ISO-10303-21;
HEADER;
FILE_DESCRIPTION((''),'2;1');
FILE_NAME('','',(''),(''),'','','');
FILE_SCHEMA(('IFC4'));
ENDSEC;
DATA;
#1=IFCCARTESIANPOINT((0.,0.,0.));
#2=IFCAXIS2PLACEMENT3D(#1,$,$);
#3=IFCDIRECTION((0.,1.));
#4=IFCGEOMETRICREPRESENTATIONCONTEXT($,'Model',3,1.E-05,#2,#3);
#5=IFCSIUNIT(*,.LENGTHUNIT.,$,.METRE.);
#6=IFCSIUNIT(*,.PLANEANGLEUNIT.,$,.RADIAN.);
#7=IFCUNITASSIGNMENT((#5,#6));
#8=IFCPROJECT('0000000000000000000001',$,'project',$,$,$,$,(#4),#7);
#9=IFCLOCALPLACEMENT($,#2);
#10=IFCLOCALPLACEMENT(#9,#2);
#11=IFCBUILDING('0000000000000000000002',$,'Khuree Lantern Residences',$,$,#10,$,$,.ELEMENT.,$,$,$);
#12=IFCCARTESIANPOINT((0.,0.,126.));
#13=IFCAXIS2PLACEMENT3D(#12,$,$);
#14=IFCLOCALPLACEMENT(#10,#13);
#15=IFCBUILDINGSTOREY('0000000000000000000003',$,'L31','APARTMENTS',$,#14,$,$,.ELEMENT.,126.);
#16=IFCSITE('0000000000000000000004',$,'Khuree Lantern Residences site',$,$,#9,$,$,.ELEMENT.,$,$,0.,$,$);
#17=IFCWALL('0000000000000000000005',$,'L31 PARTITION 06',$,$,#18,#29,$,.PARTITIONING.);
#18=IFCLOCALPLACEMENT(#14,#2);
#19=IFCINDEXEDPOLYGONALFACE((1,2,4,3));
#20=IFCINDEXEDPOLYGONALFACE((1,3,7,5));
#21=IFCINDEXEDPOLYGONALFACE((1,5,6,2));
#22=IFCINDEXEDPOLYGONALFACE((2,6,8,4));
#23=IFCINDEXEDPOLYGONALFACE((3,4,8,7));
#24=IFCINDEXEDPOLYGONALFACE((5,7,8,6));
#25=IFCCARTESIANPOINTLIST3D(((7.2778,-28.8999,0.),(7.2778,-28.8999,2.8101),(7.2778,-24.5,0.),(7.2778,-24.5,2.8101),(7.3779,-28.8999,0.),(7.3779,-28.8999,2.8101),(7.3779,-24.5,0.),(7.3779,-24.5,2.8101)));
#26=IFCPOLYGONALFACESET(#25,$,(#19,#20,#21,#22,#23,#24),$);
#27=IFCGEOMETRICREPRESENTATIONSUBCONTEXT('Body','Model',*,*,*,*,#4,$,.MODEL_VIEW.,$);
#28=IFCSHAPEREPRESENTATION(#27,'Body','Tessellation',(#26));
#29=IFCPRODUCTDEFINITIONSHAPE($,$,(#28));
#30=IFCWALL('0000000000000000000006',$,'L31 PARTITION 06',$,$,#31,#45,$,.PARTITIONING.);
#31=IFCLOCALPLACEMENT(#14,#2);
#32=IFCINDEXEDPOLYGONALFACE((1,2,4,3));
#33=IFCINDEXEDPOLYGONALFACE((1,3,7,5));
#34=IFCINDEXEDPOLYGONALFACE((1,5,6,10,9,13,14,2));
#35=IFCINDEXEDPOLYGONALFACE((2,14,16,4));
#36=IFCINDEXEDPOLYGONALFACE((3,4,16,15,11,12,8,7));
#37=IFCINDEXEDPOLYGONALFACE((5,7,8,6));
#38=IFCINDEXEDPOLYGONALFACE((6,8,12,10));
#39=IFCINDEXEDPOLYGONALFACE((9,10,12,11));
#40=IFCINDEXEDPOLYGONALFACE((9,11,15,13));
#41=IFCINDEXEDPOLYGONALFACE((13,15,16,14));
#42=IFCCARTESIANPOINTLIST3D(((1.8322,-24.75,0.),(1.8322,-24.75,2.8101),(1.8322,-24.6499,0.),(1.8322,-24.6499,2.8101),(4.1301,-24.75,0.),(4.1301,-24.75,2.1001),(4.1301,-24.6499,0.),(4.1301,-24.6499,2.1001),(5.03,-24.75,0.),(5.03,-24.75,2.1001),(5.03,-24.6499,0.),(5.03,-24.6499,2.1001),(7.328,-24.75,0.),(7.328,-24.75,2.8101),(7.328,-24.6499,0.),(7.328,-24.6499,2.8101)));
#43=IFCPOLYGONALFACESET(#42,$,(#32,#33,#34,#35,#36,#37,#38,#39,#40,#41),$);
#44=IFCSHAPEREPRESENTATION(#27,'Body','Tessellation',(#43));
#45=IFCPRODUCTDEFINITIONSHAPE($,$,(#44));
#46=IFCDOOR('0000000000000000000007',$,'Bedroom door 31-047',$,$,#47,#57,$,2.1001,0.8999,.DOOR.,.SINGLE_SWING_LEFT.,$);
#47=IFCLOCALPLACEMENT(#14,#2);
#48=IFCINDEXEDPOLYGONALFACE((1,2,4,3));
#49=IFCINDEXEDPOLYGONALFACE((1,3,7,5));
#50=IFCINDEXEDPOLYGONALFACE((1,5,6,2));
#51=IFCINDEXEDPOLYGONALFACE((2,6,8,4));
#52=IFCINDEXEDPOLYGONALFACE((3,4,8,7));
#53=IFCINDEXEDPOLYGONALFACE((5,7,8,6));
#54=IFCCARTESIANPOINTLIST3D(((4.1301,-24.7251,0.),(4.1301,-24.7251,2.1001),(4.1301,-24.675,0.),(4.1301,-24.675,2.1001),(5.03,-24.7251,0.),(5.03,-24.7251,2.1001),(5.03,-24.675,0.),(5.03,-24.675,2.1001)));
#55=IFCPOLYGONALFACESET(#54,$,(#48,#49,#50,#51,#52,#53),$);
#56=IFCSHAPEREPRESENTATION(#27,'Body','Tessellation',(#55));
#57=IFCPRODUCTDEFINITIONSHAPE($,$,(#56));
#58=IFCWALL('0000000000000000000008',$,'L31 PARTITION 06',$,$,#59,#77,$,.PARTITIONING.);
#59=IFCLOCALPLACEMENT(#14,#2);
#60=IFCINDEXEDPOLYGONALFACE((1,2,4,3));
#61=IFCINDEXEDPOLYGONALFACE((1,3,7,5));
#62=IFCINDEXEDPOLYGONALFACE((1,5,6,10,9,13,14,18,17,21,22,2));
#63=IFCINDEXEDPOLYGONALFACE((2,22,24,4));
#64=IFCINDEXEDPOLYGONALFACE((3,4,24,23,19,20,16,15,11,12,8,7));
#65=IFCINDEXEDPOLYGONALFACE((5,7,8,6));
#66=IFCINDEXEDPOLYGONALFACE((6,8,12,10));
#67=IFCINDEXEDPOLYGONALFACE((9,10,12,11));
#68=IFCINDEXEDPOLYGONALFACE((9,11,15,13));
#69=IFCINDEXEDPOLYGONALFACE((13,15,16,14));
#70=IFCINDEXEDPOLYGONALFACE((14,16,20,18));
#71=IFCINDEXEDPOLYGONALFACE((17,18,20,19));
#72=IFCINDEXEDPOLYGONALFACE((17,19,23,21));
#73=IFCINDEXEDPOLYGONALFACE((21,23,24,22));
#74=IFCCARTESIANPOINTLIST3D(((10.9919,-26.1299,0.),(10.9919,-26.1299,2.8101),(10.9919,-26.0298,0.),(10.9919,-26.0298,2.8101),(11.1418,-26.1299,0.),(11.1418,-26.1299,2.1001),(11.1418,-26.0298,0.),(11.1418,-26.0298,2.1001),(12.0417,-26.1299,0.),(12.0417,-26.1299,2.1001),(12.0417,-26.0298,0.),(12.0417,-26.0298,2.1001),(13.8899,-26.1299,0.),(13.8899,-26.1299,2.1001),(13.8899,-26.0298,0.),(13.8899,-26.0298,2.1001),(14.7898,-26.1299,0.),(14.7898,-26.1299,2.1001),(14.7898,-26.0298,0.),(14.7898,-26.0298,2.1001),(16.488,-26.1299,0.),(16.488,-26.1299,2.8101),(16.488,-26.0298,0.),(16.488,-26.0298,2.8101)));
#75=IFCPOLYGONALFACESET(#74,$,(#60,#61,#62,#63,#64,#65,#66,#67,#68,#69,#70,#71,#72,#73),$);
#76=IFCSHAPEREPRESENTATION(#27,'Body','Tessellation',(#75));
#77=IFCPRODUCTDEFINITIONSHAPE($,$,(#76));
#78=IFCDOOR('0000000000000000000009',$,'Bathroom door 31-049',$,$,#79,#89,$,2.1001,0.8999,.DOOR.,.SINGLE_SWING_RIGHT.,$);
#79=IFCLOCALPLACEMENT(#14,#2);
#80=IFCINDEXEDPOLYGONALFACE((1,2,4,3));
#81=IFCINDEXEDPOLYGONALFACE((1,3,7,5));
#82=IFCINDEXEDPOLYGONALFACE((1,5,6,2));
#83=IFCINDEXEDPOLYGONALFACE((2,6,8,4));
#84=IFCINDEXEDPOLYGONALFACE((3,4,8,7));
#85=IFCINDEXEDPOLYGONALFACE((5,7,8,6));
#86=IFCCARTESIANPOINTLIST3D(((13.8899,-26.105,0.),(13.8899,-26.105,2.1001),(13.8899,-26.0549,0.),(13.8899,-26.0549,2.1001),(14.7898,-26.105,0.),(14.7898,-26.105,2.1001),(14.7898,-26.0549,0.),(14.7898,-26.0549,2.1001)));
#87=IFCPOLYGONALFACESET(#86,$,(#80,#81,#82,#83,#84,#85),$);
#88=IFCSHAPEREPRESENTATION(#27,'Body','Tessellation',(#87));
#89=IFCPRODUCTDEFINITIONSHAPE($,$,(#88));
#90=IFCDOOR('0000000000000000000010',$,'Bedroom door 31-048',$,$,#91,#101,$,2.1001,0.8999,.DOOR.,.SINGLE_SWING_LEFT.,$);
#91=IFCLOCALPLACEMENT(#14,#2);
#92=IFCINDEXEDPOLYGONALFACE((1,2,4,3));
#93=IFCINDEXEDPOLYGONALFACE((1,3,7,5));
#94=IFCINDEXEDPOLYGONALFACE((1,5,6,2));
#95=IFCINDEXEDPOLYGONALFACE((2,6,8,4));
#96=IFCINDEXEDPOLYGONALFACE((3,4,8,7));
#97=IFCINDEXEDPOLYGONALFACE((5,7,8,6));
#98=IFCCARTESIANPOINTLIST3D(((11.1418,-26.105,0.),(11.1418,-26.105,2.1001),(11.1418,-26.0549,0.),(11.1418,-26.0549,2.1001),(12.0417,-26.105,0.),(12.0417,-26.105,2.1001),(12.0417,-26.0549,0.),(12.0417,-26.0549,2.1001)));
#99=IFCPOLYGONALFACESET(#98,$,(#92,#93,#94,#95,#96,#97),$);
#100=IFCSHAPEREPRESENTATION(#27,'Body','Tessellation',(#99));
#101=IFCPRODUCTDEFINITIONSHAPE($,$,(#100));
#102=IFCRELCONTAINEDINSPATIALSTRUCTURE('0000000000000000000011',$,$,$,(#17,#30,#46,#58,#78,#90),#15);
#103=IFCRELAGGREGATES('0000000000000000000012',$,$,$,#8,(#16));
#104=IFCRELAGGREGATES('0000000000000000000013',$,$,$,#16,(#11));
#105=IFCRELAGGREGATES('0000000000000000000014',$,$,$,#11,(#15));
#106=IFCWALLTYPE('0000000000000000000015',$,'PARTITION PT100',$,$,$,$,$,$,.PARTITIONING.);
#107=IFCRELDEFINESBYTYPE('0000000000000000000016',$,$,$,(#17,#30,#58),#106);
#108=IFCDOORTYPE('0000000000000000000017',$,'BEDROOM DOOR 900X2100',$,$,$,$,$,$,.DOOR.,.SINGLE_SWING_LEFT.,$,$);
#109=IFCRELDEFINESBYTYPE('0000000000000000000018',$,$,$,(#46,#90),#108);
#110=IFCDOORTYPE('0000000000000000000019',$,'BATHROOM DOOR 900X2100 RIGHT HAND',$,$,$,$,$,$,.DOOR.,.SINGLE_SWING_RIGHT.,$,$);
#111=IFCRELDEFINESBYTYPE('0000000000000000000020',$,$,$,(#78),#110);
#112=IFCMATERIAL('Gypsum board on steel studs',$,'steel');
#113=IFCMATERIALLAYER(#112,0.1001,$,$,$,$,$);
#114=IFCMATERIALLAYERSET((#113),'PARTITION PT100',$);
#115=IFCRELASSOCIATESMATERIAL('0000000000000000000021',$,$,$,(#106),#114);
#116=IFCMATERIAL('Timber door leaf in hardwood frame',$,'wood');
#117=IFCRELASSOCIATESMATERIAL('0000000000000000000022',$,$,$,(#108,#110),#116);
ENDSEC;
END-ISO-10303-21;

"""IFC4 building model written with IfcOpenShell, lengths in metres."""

from ifc_helpers import new_model, si_unit, direction, frame, frame_2d, origin, place, context, subcontext, project, spatial, rectangle, extrude, material, layer, layer_set, type_object, element, fill, save


model = new_model("IFC4")

# Units and contexts
model_context = context("Model", 3, precision=1e-05, world=origin(), true_north=direction((0.0, 1.0)))
body_context = subcontext(model_context, "Body", "Model", "MODEL_VIEW")
ifc_project = project(units=[si_unit("LENGTHUNIT", "METRE"), si_unit("PLANEANGLEUNIT", "RADIAN")], contexts=[model_context])

# Site, building, storey
site_placement = place(None, origin())
site = spatial("IfcSite", under=ifc_project, at=site_placement, Name="Khuree Lantern Residences site", CompositionType="ELEMENT", RefElevation=0.0)
building_placement = place(site_placement, origin())
building = spatial("IfcBuilding", under=site, at=building_placement, Name="Khuree Lantern Residences", CompositionType="ELEMENT")
storey_placement = place(building_placement, frame((0.0, 0.0, 126.0)))
storey = spatial("IfcBuildingStorey", under=building, at=storey_placement, Name="L31", Description="APARTMENTS", CompositionType="ELEMENT", Elevation=126.0)

# Wall
ifc_material_1 = material(Name="Gypsum board on steel studs", Category="steel")
ifc_layer_1 = layer(ifc_material_1, 0.1001)
ifc_layer_set_1 = layer_set([ifc_layer_1], Name="PARTITION PT100")
wall_type = type_object("IfcWallType", Name="PARTITION PT100", PredefinedType="PARTITIONING", material=ifc_layer_set_1)
for number, where, z_axis, x_axis, name in (
    (1, (7.3279, -24.5, 0.0), (0.0, 0.0, 1.0), (0.0, -1.0, 0.0), "L31 PARTITION 06"),
):
    element("IfcWall", number, at=place(storey_placement, frame(where, z_axis=z_axis, x_axis=x_axis)), inside=storey, type_object=wall_type, Name=name, PredefinedType="PARTITIONING", context=body_context, shape_type="SweptSolid", body=[
        extrude(rectangle(XDim=4.3999, YDim=0.1001, at=frame_2d((2.2, 0.0))), origin(), (0.0, 0.0, 1.0), 2.8101),
    ])

# Wall, opening, door
wall_1_placement = place(storey_placement, frame((1.832, -24.7, 0.0), z_axis=(0.0, 0.0, 1.0), x_axis=(1.0, 0.0, 0.0)))
wall_1 = element("IfcWall", 2, at=wall_1_placement, inside=storey, type_object=wall_type, Name="L31 PARTITION 06", PredefinedType="PARTITIONING", context=body_context, shape_type="SweptSolid", body=[
    extrude(rectangle(XDim=5.4958, YDim=0.1001, at=frame_2d((2.748, 0.0))), origin(), (0.0, 0.0, 1.0), 2.8101),
])
opening_1_placement = place(wall_1_placement, frame((2.2981, 0.0, 0.0)))
opening_1 = element("IfcOpeningElement", 3, at=opening_1_placement, cuts=wall_1, PredefinedType="OPENING", context=body_context, shape_type="SweptSolid", body=[
    extrude(rectangle(XDim=0.8999, YDim=2.1001, at=frame_2d((0.45, 1.05))), frame((0.0, 0.0601, 0.0), z_axis=(0.0, -1.0, 0.0), x_axis=(1.0, 0.0, 0.0)), (0.0, 0.0, 1.0), 0.1201),
])
ifc_material_2 = material(Name="Timber door leaf in hardwood frame", Category="wood")
door_type_1 = type_object("IfcDoorType", Name="BEDROOM DOOR 900X2100", OperationType="SINGLE_SWING_LEFT", PredefinedType="DOOR", material=ifc_material_2)
door_1_placement = place(opening_1_placement, origin())
door_1 = element("IfcDoor", 4, at=door_1_placement, inside=storey, type_object=door_type_1, Name="Bedroom door 31-047", OperationType="SINGLE_SWING_LEFT", OverallHeight=2.1001, OverallWidth=0.8999, PredefinedType="DOOR", context=body_context, shape_type="SweptSolid", body=[
    extrude(rectangle(XDim=0.8999, YDim=2.1001, at=frame_2d((0.45, 1.05))), frame((0.0, 0.0249, 0.0), z_axis=(0.0, -1.0, 0.0), x_axis=(1.0, 0.0, 0.0)), (0.0, 0.0, 1.0), 0.05),
])
fill(opening_1, door_1)

# Wall, openings, doors
wall_2_placement = place(storey_placement, frame((10.9919, -26.0798, 0.0), z_axis=(0.0, 0.0, 1.0), x_axis=(1.0, 0.0, 0.0)))
wall_2 = element("IfcWall", 5, at=wall_2_placement, inside=storey, type_object=wall_type, Name="L31 PARTITION 06", PredefinedType="PARTITIONING", context=body_context, shape_type="SweptSolid", body=[
    extrude(rectangle(XDim=5.4961, YDim=0.1001, at=frame_2d((2.748, 0.0))), origin(), (0.0, 0.0, 1.0), 2.8101),
])
opening_2_placement = place(wall_2_placement, frame((0.1499, 0.0, 0.0)))
opening_2 = element("IfcOpeningElement", 6, at=opening_2_placement, cuts=wall_2, PredefinedType="OPENING", context=body_context, shape_type="SweptSolid", body=[
    extrude(rectangle(XDim=0.8999, YDim=2.1001, at=frame_2d((0.45, 1.05))), frame((0.0, 0.0601, 0.0), z_axis=(0.0, -1.0, 0.0), x_axis=(1.0, 0.0, 0.0)), (0.0, 0.0, 1.0), 0.1201),
])
opening_3_placement = place(wall_2_placement, frame((2.8979, 0.0, 0.0)))
opening_3 = element("IfcOpeningElement", 7, at=opening_3_placement, cuts=wall_2, PredefinedType="OPENING", context=body_context, shape_type="SweptSolid", body=[
    extrude(rectangle(XDim=0.8999, YDim=2.1001, at=frame_2d((0.45, 1.05))), frame((0.0, 0.0601, 0.0), z_axis=(0.0, -1.0, 0.0), x_axis=(1.0, 0.0, 0.0)), (0.0, 0.0, 1.0), 0.1201),
])
door_type_2 = type_object("IfcDoorType", Name="BATHROOM DOOR 900X2100 RIGHT HAND", OperationType="SINGLE_SWING_RIGHT", PredefinedType="DOOR", material=ifc_material_2)
door_2_placement = place(opening_3_placement, origin())
door_2 = element("IfcDoor", 8, at=door_2_placement, inside=storey, type_object=door_type_2, Name="Bathroom door 31-049", OperationType="SINGLE_SWING_RIGHT", OverallHeight=2.1001, OverallWidth=0.8999, PredefinedType="DOOR", context=body_context, shape_type="SweptSolid", body=[
    extrude(rectangle(XDim=0.8999, YDim=2.1001, at=frame_2d((0.45, 1.05))), frame((0.0, 0.0249, 0.0), z_axis=(0.0, -1.0, 0.0), x_axis=(1.0, 0.0, 0.0)), (0.0, 0.0, 1.0), 0.05),
])
fill(opening_3, door_2)
door_3_placement = place(opening_2_placement, origin())
door_3 = element("IfcDoor", 9, at=door_3_placement, inside=storey, type_object=door_type_1, Name="Bedroom door 31-048", OperationType="SINGLE_SWING_LEFT", OverallHeight=2.1001, OverallWidth=0.8999, PredefinedType="DOOR", context=body_context, shape_type="SweptSolid", body=[
    extrude(rectangle(XDim=0.8999, YDim=2.1001, at=frame_2d((0.45, 1.05))), frame((0.0, 0.0249, 0.0), z_axis=(0.0, -1.0, 0.0), x_axis=(1.0, 0.0, 0.0)), (0.0, 0.0, 1.0), 0.05),
])
fill(opening_2, door_3)

save(model, "model.ifc")
